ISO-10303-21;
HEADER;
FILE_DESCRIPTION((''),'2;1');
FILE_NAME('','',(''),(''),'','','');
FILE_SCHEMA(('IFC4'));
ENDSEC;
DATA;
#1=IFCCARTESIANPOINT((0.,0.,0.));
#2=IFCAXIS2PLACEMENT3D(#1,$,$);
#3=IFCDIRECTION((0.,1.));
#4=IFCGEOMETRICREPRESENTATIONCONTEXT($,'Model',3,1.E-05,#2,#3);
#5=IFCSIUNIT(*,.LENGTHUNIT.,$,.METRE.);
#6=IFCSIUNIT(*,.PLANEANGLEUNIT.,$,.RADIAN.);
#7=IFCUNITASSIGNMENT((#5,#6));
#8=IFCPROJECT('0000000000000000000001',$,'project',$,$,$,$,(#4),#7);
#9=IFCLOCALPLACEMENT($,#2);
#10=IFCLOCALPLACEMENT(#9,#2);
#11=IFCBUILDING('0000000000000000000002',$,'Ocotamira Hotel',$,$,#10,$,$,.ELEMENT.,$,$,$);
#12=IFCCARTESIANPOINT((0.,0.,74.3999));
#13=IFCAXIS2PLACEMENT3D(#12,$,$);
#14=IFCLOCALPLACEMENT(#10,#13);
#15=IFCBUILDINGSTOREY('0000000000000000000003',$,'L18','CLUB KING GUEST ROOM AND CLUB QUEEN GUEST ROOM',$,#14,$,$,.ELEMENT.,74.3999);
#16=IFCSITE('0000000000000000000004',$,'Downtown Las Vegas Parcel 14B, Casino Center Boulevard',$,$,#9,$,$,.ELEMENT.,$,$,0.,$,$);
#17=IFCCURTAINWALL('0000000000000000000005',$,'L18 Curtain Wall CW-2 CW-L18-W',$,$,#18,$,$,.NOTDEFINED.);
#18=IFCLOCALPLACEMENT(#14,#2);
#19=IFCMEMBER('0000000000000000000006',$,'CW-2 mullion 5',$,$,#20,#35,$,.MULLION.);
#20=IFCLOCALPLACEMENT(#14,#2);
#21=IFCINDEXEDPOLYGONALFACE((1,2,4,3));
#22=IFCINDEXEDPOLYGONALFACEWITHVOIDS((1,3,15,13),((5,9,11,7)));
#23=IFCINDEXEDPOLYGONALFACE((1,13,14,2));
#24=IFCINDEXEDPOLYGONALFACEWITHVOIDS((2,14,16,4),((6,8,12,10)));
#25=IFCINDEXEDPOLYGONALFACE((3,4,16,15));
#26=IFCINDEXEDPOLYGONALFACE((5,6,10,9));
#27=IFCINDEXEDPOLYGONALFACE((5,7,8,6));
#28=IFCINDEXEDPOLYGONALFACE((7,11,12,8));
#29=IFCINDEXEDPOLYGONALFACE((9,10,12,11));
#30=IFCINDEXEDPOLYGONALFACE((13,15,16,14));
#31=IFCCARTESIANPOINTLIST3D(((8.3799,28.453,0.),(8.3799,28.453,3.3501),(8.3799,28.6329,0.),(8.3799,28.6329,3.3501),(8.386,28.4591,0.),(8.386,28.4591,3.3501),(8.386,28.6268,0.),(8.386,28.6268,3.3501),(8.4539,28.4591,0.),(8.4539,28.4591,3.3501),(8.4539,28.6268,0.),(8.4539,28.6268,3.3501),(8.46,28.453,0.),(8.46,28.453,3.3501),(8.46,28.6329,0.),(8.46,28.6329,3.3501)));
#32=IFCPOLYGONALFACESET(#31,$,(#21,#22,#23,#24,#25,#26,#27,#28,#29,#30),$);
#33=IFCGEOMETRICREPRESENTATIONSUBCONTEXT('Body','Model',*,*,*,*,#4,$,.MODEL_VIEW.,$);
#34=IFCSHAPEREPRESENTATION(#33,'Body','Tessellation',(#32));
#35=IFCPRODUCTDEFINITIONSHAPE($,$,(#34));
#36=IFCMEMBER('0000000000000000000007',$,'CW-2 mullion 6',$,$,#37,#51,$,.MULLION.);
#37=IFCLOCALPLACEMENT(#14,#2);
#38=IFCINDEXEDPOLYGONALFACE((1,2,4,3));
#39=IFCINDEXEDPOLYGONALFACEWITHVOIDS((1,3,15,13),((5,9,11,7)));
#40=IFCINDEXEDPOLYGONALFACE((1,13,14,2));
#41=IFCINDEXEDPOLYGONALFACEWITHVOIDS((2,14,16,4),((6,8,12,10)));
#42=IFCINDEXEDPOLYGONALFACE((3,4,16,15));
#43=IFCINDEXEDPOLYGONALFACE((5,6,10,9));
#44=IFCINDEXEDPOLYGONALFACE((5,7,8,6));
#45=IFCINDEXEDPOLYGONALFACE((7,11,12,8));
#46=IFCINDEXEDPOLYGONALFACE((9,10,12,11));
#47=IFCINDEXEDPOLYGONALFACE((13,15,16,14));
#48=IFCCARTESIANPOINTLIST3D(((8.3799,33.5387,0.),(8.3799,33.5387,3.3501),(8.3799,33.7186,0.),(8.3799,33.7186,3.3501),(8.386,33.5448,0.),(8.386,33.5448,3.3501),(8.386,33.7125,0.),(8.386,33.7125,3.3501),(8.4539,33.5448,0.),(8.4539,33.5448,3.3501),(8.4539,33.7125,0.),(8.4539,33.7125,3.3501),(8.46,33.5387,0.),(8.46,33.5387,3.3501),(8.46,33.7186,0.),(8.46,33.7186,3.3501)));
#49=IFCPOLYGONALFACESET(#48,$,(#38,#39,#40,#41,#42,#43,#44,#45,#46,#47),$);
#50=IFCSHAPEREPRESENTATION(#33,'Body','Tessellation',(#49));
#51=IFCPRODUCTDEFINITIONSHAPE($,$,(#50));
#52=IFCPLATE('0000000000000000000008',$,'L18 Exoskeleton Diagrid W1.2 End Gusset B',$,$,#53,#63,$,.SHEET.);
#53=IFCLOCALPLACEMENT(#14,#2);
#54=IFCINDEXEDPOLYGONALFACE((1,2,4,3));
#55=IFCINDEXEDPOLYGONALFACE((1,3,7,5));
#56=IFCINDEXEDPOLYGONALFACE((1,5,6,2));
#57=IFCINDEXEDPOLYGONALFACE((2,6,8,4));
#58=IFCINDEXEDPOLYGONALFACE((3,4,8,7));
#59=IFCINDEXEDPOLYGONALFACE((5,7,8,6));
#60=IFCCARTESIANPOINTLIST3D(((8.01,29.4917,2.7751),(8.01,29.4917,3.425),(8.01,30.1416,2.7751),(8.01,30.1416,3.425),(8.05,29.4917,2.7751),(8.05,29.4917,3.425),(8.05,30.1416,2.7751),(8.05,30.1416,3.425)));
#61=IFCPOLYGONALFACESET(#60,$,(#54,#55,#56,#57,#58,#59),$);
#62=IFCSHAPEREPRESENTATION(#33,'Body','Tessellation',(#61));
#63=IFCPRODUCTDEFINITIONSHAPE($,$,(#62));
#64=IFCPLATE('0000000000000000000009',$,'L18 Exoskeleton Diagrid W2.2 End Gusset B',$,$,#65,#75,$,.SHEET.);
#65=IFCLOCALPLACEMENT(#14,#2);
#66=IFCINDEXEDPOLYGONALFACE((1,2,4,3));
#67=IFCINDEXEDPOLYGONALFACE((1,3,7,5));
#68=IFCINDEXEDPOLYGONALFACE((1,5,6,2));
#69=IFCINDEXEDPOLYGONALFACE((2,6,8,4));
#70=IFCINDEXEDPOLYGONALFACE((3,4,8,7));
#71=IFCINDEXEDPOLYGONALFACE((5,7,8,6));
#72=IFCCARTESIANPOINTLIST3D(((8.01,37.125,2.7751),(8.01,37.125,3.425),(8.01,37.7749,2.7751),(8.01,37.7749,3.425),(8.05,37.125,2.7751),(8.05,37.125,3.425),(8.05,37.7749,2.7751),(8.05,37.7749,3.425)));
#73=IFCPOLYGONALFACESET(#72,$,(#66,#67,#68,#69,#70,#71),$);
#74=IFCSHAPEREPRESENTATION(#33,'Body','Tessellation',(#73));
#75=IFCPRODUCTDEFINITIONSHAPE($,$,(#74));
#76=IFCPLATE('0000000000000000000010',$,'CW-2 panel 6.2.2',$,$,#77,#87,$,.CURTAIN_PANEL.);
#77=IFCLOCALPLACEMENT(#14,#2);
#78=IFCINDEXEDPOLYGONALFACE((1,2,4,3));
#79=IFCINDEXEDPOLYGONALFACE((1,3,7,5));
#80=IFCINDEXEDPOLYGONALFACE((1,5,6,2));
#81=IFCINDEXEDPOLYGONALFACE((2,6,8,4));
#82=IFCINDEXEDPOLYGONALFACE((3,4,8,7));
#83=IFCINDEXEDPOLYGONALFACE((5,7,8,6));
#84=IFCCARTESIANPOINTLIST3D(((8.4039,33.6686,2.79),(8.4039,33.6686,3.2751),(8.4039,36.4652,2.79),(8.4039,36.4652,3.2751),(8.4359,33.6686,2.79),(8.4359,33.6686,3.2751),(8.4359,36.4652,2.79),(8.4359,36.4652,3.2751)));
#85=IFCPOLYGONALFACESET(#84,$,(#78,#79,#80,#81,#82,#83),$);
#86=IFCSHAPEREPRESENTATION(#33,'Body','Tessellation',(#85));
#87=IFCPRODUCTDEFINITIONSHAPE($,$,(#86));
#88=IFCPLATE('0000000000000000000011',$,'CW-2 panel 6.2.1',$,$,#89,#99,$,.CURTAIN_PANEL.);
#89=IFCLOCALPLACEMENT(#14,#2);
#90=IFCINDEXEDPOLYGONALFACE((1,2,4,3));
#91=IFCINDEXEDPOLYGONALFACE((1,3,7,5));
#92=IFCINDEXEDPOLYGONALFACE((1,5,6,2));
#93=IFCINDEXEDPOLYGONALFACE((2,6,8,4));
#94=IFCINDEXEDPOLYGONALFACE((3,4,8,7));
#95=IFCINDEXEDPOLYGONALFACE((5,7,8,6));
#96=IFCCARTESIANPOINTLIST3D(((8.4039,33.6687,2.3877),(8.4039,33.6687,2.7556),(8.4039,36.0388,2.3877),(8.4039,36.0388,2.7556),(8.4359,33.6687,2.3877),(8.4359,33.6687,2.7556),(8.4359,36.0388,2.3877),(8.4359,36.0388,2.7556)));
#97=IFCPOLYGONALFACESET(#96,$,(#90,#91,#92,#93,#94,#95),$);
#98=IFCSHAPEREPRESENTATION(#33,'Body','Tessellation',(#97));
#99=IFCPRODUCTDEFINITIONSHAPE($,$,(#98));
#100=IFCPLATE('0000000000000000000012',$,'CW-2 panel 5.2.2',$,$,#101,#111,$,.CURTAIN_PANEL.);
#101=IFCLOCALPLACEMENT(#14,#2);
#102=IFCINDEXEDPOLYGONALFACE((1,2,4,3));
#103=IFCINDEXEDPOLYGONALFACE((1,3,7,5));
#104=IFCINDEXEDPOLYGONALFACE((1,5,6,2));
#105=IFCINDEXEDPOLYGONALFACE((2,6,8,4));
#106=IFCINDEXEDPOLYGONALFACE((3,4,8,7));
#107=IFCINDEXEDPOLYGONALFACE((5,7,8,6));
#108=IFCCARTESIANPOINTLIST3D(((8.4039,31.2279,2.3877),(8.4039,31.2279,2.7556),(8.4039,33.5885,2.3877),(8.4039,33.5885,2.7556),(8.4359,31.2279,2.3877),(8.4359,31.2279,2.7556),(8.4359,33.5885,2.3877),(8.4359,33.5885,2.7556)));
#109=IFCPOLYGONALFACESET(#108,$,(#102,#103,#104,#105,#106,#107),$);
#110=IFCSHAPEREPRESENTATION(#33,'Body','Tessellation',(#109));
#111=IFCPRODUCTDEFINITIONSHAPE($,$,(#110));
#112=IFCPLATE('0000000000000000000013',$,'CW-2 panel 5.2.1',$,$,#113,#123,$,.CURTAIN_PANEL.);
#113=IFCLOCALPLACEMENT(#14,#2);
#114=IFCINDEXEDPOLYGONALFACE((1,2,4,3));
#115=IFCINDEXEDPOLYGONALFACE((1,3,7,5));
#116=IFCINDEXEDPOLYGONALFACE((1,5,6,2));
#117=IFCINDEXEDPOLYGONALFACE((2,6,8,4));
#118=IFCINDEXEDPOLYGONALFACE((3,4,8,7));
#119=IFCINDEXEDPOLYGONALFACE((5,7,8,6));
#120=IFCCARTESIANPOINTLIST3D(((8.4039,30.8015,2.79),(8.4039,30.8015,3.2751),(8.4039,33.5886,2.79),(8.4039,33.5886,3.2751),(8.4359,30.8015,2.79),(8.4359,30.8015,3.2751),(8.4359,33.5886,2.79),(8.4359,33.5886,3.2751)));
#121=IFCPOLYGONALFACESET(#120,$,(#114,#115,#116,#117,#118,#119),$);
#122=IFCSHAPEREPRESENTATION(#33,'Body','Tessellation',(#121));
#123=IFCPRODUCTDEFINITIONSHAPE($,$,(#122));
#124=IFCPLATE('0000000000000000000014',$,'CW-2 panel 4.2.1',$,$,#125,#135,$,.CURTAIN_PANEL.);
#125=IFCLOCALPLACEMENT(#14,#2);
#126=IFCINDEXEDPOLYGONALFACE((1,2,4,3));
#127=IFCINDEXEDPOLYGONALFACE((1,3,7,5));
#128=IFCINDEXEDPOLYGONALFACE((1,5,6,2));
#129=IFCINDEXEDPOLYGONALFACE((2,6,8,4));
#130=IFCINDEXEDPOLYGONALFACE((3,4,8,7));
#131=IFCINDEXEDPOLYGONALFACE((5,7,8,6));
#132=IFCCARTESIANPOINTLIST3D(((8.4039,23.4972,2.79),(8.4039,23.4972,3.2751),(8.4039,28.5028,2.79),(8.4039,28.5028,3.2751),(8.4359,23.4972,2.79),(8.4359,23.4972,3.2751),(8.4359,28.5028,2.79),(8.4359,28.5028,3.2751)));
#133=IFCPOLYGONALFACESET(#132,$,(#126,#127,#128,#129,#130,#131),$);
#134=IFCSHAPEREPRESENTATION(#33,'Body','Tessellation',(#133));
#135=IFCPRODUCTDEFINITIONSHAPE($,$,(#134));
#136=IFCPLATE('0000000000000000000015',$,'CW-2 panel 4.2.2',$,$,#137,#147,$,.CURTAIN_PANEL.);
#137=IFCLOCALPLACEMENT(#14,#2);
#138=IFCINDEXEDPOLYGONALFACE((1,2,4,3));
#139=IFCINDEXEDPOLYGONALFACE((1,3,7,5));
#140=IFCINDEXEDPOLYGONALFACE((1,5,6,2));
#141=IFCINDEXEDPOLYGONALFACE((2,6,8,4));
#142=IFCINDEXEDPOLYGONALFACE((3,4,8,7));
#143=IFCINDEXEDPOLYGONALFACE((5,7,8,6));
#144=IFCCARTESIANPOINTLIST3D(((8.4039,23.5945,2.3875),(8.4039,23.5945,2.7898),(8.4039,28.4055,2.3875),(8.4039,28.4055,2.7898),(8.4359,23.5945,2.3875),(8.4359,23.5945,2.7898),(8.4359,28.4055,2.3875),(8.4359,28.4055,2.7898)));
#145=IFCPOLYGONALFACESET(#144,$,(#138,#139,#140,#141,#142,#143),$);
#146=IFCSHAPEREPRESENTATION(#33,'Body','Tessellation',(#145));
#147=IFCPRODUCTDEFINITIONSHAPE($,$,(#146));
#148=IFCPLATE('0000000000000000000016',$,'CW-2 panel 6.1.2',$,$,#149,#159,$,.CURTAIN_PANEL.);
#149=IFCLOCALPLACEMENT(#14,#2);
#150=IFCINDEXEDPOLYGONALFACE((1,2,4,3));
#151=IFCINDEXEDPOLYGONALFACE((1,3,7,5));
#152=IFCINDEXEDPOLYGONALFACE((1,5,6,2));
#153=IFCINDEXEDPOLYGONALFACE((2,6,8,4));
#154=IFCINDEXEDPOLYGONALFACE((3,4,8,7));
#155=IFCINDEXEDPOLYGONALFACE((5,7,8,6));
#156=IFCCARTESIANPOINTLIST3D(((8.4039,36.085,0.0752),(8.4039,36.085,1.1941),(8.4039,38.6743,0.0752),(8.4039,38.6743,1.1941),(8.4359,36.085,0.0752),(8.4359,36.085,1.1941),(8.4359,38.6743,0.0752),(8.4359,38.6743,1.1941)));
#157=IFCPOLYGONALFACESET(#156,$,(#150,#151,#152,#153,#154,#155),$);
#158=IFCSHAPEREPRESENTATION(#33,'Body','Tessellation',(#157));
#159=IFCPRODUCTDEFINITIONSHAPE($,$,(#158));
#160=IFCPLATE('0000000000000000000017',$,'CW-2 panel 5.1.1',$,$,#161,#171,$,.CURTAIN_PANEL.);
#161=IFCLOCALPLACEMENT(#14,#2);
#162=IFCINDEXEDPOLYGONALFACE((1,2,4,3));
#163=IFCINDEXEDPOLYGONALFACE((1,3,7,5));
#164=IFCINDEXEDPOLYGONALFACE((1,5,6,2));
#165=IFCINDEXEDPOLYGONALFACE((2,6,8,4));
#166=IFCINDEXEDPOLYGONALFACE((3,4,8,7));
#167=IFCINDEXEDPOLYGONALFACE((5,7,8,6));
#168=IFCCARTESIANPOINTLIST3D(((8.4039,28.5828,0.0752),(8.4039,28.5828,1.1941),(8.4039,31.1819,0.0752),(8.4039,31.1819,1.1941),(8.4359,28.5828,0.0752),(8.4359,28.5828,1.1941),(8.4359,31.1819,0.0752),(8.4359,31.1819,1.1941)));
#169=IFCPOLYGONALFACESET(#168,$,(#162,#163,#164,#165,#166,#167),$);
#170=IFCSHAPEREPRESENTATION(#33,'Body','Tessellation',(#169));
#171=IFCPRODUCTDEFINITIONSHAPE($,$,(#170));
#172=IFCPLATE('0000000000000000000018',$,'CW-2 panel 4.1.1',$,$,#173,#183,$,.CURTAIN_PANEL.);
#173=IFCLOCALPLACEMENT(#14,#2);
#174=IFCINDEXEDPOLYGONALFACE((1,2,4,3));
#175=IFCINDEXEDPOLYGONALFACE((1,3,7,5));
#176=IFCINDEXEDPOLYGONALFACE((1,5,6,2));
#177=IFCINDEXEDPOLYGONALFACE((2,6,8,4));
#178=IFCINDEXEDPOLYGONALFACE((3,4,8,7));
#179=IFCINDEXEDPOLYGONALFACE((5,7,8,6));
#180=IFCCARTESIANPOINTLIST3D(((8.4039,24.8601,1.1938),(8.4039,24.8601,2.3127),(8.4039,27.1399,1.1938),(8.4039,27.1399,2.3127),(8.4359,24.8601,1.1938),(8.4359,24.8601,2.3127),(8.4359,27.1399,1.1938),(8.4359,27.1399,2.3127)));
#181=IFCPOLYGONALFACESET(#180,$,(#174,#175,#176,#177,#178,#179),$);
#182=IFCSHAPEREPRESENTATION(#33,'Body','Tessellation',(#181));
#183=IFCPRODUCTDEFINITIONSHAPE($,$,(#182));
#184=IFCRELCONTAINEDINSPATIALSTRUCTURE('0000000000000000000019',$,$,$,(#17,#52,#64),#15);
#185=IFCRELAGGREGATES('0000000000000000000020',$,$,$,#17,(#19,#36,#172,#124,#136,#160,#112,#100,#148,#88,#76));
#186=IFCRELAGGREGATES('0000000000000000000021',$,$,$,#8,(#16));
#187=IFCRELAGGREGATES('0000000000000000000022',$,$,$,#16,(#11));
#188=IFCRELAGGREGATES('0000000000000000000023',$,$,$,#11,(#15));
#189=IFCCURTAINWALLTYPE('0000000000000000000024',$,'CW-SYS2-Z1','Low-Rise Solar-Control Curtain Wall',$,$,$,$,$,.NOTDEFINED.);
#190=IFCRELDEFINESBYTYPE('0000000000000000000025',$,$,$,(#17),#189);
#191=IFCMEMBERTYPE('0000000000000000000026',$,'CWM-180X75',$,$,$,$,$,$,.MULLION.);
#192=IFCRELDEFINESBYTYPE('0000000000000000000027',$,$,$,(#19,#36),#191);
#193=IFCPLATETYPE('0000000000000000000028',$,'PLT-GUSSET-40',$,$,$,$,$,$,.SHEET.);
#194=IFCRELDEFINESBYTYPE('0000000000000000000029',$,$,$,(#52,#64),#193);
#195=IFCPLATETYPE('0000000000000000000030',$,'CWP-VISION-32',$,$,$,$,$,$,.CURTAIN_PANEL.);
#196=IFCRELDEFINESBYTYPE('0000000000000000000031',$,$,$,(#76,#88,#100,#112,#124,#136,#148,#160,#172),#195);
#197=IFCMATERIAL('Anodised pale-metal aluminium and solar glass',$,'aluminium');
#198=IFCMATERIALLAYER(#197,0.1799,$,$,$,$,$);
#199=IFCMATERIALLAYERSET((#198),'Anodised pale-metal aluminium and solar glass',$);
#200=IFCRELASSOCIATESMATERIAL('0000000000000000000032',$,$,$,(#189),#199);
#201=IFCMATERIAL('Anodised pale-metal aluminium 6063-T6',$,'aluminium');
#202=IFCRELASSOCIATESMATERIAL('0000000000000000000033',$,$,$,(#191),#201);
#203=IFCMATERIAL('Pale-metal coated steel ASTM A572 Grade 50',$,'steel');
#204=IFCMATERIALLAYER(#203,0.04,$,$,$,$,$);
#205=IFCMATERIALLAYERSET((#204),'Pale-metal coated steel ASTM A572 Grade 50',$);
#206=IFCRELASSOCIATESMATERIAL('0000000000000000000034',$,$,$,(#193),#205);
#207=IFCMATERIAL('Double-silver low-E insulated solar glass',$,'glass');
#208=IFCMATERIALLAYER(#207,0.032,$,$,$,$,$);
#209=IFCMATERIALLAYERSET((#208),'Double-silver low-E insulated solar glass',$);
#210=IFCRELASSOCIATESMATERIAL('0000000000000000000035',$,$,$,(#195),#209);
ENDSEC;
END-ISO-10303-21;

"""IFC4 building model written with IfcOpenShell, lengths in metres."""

from ifc_helpers import new_model, si_unit, direction, frame, origin, origin_2d, place, context, subcontext, project, spatial, rectangle, hollow_rectangle, extrude, source, transform, mapped, material, layer, layer_set, material_profile, profile_set, type_object, element, aggregate, save


model = new_model("IFC4")

# Units and contexts
model_context = context("Model", 3, precision=1e-05, world=origin(), true_north=direction((0.0, 1.0)))
body_context = subcontext(model_context, "Body", "Model", "MODEL_VIEW")
ifc_project = project(units=[si_unit("LENGTHUNIT", "METRE"), si_unit("PLANEANGLEUNIT", "RADIAN")], contexts=[model_context])

# Site, building, storey
site_placement = place(None, origin())
site = spatial("IfcSite", under=ifc_project, at=site_placement, Name="Downtown Las Vegas Parcel 14B, Casino Center Boulevard", CompositionType="ELEMENT", RefElevation=0.0)
building_placement = place(site_placement, origin())
building = spatial("IfcBuilding", under=site, at=building_placement, Name="Ocotamira Hotel", CompositionType="ELEMENT")
storey_placement = place(building_placement, frame((0.0, 0.0, 74.3999)))
storey = spatial("IfcBuildingStorey", under=building, at=storey_placement, Name="L18", Description="CLUB KING GUEST ROOM AND CLUB QUEEN GUEST ROOM", CompositionType="ELEMENT", Elevation=74.3999)

# Curtain wall, members
ifc_material_1 = material(Name="Anodised pale-metal aluminium and solar glass", Category="aluminium")
ifc_layer_1 = layer(ifc_material_1, 0.1799)
ifc_layer_set_1 = layer_set([ifc_layer_1], Name="Anodised pale-metal aluminium and solar glass")
curtain_wall_type = type_object("IfcCurtainWallType", Name="CW-SYS2-Z1", Description="Low-Rise Solar-Control Curtain Wall", PredefinedType="NOTDEFINED", material=ifc_layer_set_1)
curtain_wall_placement = place(storey_placement, origin())
curtain_wall = element("IfcCurtainWall", 1, at=curtain_wall_placement, inside=storey, type_object=curtain_wall_type, Name="L18 Curtain Wall CW-2 CW-L18-W", PredefinedType="NOTDEFINED")
ifc_material_2 = material(Name="Anodised pale-metal aluminium 6063-T6", Category="aluminium")
ifc_material_profile_1 = material_profile(ifc_material_2, hollow_rectangle(XDim=0.0801, YDim=0.1799, WallThickness=0.0061, at=origin_2d()), Name="HSS180X80X6")
ifc_profile_set_1 = profile_set([ifc_material_profile_1], Name="Anodised pale-metal aluminium 6063-T6")
member_type_1 = type_object("IfcMemberType", Name="CWM-180X75", PredefinedType="MULLION", material=ifc_profile_set_1)
shared_shape_1 = source(origin(), body_context, "Body", "SweptSolid", [
    extrude(hollow_rectangle(XDim=0.0801, YDim=0.1799, WallThickness=0.0061, at=origin_2d()), origin(), (0.0, 0.0, 1.0), 3.3501),
])
member_1_placement = place(storey_placement, frame((8.4199, 28.543, 0.0), z_axis=(0.0, 0.0, 1.0), x_axis=(-1.0, 0.0, 0.0)))
member_1 = element("IfcMember", 2, at=member_1_placement, type_object=member_type_1, Name="CW-2 mullion 5", PredefinedType="MULLION", context=body_context, shape_type="MappedRepresentation", body=[
    mapped(shared_shape_1, transform((0.0, 0.0, 0.0), scale=1.0)),
])
member_2_placement = place(storey_placement, frame((8.4199, 33.6287, 0.0), z_axis=(0.0, 0.0, 1.0), x_axis=(-1.0, 0.0, 0.0)))
member_2 = element("IfcMember", 3, at=member_2_placement, type_object=member_type_1, Name="CW-2 mullion 6", PredefinedType="MULLION", context=body_context, shape_type="MappedRepresentation", body=[
    mapped(shared_shape_1, transform((0.0, 0.0, 0.0), scale=1.0)),
])

# Plates
ifc_material_3 = material(Name="Pale-metal coated steel ASTM A572 Grade 50", Category="steel")
ifc_layer_2 = layer(ifc_material_3, 0.04)
ifc_layer_set_2 = layer_set([ifc_layer_2], Name="Pale-metal coated steel ASTM A572 Grade 50")
plate_type_1 = type_object("IfcPlateType", Name="PLT-GUSSET-40", PredefinedType="SHEET", material=ifc_layer_set_2)
shared_shape_2 = source(origin(), body_context, "Body", "SweptSolid", [
    extrude(rectangle(XDim=0.04, YDim=0.6499, at=origin_2d()), origin(), (0.0, 0.0, 1.0), 0.6499),
])
for number, where, z_axis, x_axis, name in (
    (4, (8.03, 29.8167, 2.7751), (0.0, 0.0, 1.0), (1.0, 0.0, 0.0), "L18 Exoskeleton Diagrid W1.2 End Gusset B"),
    (5, (8.03, 37.45, 2.7751), (0.0, 0.0, 1.0), (1.0, 0.0, 0.0), "L18 Exoskeleton Diagrid W2.2 End Gusset B"),
):
    element("IfcPlate", number, at=place(storey_placement, frame(where, z_axis=z_axis, x_axis=x_axis)), inside=storey, type_object=plate_type_1, Name=name, PredefinedType="SHEET", context=body_context, shape_type="MappedRepresentation", body=[
        mapped(shared_shape_2, transform((0.0, 0.0, 0.0), scale=1.0)),
    ])

# Plates
ifc_material_4 = material(Name="Double-silver low-E insulated solar glass", Category="glass")
ifc_layer_3 = layer(ifc_material_4, 0.032)
ifc_layer_set_3 = layer_set([ifc_layer_3], Name="Double-silver low-E insulated solar glass")
plate_type_2 = type_object("IfcPlateType", Name="CWP-VISION-32", PredefinedType="CURTAIN_PANEL", material=ifc_layer_set_3)
shared_shape_3 = source(origin(), body_context, "Body", "SweptSolid", [
    extrude(rectangle(XDim=2.7966, YDim=0.032, at=origin_2d()), origin(), (0.0, 0.0, 1.0), 0.4851),
])
plate_1_placement = place(storey_placement, frame((8.4199, 35.0669, 2.79), z_axis=(0.0, 0.0, 1.0), x_axis=(0.0, 1.0, 0.0)))
plate_1 = element("IfcPlate", 6, at=plate_1_placement, type_object=plate_type_2, Name="CW-2 panel 6.2.2", PredefinedType="CURTAIN_PANEL", context=body_context, shape_type="MappedRepresentation", body=[
    mapped(shared_shape_3, transform((0.0, 0.0, 0.0), scale=1.0)),
])
shared_shape_4 = source(origin(), body_context, "Body", "SweptSolid", [
    extrude(rectangle(XDim=2.3701, YDim=0.032, at=origin_2d()), origin(), (0.0, 0.0, 1.0), 0.3679),
])
plate_2_placement = place(storey_placement, frame((8.4199, 34.8538, 2.3877), z_axis=(0.0, 0.0, 1.0), x_axis=(0.0, 1.0, 0.0)))
plate_2 = element("IfcPlate", 7, at=plate_2_placement, type_object=plate_type_2, Name="CW-2 panel 6.2.1", PredefinedType="CURTAIN_PANEL", context=body_context, shape_type="MappedRepresentation", body=[
    mapped(shared_shape_4, transform((0.0, 0.0, 0.0), scale=1.0)),
])
shared_shape_5 = source(origin(), body_context, "Body", "SweptSolid", [
    extrude(rectangle(XDim=2.3606, YDim=0.032, at=origin_2d()), origin(), (0.0, 0.0, 1.0), 0.3679),
])
plate_3_placement = place(storey_placement, frame((8.4199, 32.4082, 2.3877), z_axis=(0.0, 0.0, 1.0), x_axis=(0.0, 1.0, 0.0)))
plate_3 = element("IfcPlate", 8, at=plate_3_placement, type_object=plate_type_2, Name="CW-2 panel 5.2.2", PredefinedType="CURTAIN_PANEL", context=body_context, shape_type="MappedRepresentation", body=[
    mapped(shared_shape_5, transform((0.0, 0.0, 0.0), scale=1.0)),
])
shared_shape_6 = source(origin(), body_context, "Body", "SweptSolid", [
    extrude(rectangle(XDim=2.7871, YDim=0.032, at=origin_2d()), origin(), (0.0, 0.0, 1.0), 0.4851),
])
plate_4_placement = place(storey_placement, frame((8.4199, 32.1951, 2.79), z_axis=(0.0, 0.0, 1.0), x_axis=(0.0, 1.0, 0.0)))
plate_4 = element("IfcPlate", 9, at=plate_4_placement, type_object=plate_type_2, Name="CW-2 panel 5.2.1", PredefinedType="CURTAIN_PANEL", context=body_context, shape_type="MappedRepresentation", body=[
    mapped(shared_shape_6, transform((0.0, 0.0, 0.0), scale=1.0)),
])
shared_shape_7 = source(origin(), body_context, "Body", "SweptSolid", [
    extrude(rectangle(XDim=5.0056, YDim=0.032, at=origin_2d()), origin(), (0.0, 0.0, 1.0), 0.4851),
])
plate_5_placement = place(storey_placement, frame((8.4199, 26.0, 2.79), z_axis=(0.0, 0.0, 1.0), x_axis=(0.0, 1.0, 0.0)))
plate_5 = element("IfcPlate", 10, at=plate_5_placement, type_object=plate_type_2, Name="CW-2 panel 4.2.1", PredefinedType="CURTAIN_PANEL", context=body_context, shape_type="MappedRepresentation", body=[
    mapped(shared_shape_7, transform((0.0, 0.0, 0.0), scale=1.0)),
])
shared_shape_8 = source(origin(), body_context, "Body", "SweptSolid", [
    extrude(rectangle(XDim=4.811, YDim=0.032, at=origin_2d()), origin(), (0.0, 0.0, 1.0), 0.4023),
])
plate_6_placement = place(storey_placement, frame((8.4199, 26.0, 2.3875), z_axis=(0.0, 0.0, 1.0), x_axis=(0.0, 1.0, 0.0)))
plate_6 = element("IfcPlate", 11, at=plate_6_placement, type_object=plate_type_2, Name="CW-2 panel 4.2.2", PredefinedType="CURTAIN_PANEL", context=body_context, shape_type="MappedRepresentation", body=[
    mapped(shared_shape_8, transform((0.0, 0.0, 0.0), scale=1.0)),
])
shared_shape_9 = source(origin(), body_context, "Body", "SweptSolid", [
    extrude(rectangle(XDim=2.5894, YDim=0.032, at=origin_2d()), origin(), (0.0, 0.0, 1.0), 1.1189),
])
plate_7_placement = place(storey_placement, frame((8.4199, 37.3796, 0.0752), z_axis=(0.0, 0.0, 1.0), x_axis=(0.0, 1.0, 0.0)))
plate_7 = element("IfcPlate", 12, at=plate_7_placement, type_object=plate_type_2, Name="CW-2 panel 6.1.2", PredefinedType="CURTAIN_PANEL", context=body_context, shape_type="MappedRepresentation", body=[
    mapped(shared_shape_9, transform((0.0, 0.0, 0.0), scale=1.0)),
])
shared_shape_10 = source(origin(), body_context, "Body", "SweptSolid", [
    extrude(rectangle(XDim=2.5991, YDim=0.032, at=origin_2d()), origin(), (0.0, 0.0, 1.0), 1.1189),
])
plate_8_placement = place(storey_placement, frame((8.4199, 29.8823, 0.0752), z_axis=(0.0, 0.0, 1.0), x_axis=(0.0, 1.0, 0.0)))
plate_8 = element("IfcPlate", 13, at=plate_8_placement, type_object=plate_type_2, Name="CW-2 panel 5.1.1", PredefinedType="CURTAIN_PANEL", context=body_context, shape_type="MappedRepresentation", body=[
    mapped(shared_shape_10, transform((0.0, 0.0, 0.0), scale=1.0)),
])
shared_shape_11 = source(origin(), body_context, "Body", "SweptSolid", [
    extrude(rectangle(XDim=2.2798, YDim=0.032, at=origin_2d()), origin(), (0.0, 0.0, 1.0), 1.1189),
])
plate_9_placement = place(storey_placement, frame((8.4199, 26.0, 1.1938), z_axis=(0.0, 0.0, 1.0), x_axis=(0.0, 1.0, 0.0)))
plate_9 = element("IfcPlate", 14, at=plate_9_placement, type_object=plate_type_2, Name="CW-2 panel 4.1.1", PredefinedType="CURTAIN_PANEL", context=body_context, shape_type="MappedRepresentation", body=[
    mapped(shared_shape_11, transform((0.0, 0.0, 0.0), scale=1.0)),
])
aggregate(curtain_wall, [member_1, member_2, plate_9, plate_5, plate_6, plate_8, plate_4, plate_3, plate_7, plate_2, plate_1])

save(model, "model.ifc")
